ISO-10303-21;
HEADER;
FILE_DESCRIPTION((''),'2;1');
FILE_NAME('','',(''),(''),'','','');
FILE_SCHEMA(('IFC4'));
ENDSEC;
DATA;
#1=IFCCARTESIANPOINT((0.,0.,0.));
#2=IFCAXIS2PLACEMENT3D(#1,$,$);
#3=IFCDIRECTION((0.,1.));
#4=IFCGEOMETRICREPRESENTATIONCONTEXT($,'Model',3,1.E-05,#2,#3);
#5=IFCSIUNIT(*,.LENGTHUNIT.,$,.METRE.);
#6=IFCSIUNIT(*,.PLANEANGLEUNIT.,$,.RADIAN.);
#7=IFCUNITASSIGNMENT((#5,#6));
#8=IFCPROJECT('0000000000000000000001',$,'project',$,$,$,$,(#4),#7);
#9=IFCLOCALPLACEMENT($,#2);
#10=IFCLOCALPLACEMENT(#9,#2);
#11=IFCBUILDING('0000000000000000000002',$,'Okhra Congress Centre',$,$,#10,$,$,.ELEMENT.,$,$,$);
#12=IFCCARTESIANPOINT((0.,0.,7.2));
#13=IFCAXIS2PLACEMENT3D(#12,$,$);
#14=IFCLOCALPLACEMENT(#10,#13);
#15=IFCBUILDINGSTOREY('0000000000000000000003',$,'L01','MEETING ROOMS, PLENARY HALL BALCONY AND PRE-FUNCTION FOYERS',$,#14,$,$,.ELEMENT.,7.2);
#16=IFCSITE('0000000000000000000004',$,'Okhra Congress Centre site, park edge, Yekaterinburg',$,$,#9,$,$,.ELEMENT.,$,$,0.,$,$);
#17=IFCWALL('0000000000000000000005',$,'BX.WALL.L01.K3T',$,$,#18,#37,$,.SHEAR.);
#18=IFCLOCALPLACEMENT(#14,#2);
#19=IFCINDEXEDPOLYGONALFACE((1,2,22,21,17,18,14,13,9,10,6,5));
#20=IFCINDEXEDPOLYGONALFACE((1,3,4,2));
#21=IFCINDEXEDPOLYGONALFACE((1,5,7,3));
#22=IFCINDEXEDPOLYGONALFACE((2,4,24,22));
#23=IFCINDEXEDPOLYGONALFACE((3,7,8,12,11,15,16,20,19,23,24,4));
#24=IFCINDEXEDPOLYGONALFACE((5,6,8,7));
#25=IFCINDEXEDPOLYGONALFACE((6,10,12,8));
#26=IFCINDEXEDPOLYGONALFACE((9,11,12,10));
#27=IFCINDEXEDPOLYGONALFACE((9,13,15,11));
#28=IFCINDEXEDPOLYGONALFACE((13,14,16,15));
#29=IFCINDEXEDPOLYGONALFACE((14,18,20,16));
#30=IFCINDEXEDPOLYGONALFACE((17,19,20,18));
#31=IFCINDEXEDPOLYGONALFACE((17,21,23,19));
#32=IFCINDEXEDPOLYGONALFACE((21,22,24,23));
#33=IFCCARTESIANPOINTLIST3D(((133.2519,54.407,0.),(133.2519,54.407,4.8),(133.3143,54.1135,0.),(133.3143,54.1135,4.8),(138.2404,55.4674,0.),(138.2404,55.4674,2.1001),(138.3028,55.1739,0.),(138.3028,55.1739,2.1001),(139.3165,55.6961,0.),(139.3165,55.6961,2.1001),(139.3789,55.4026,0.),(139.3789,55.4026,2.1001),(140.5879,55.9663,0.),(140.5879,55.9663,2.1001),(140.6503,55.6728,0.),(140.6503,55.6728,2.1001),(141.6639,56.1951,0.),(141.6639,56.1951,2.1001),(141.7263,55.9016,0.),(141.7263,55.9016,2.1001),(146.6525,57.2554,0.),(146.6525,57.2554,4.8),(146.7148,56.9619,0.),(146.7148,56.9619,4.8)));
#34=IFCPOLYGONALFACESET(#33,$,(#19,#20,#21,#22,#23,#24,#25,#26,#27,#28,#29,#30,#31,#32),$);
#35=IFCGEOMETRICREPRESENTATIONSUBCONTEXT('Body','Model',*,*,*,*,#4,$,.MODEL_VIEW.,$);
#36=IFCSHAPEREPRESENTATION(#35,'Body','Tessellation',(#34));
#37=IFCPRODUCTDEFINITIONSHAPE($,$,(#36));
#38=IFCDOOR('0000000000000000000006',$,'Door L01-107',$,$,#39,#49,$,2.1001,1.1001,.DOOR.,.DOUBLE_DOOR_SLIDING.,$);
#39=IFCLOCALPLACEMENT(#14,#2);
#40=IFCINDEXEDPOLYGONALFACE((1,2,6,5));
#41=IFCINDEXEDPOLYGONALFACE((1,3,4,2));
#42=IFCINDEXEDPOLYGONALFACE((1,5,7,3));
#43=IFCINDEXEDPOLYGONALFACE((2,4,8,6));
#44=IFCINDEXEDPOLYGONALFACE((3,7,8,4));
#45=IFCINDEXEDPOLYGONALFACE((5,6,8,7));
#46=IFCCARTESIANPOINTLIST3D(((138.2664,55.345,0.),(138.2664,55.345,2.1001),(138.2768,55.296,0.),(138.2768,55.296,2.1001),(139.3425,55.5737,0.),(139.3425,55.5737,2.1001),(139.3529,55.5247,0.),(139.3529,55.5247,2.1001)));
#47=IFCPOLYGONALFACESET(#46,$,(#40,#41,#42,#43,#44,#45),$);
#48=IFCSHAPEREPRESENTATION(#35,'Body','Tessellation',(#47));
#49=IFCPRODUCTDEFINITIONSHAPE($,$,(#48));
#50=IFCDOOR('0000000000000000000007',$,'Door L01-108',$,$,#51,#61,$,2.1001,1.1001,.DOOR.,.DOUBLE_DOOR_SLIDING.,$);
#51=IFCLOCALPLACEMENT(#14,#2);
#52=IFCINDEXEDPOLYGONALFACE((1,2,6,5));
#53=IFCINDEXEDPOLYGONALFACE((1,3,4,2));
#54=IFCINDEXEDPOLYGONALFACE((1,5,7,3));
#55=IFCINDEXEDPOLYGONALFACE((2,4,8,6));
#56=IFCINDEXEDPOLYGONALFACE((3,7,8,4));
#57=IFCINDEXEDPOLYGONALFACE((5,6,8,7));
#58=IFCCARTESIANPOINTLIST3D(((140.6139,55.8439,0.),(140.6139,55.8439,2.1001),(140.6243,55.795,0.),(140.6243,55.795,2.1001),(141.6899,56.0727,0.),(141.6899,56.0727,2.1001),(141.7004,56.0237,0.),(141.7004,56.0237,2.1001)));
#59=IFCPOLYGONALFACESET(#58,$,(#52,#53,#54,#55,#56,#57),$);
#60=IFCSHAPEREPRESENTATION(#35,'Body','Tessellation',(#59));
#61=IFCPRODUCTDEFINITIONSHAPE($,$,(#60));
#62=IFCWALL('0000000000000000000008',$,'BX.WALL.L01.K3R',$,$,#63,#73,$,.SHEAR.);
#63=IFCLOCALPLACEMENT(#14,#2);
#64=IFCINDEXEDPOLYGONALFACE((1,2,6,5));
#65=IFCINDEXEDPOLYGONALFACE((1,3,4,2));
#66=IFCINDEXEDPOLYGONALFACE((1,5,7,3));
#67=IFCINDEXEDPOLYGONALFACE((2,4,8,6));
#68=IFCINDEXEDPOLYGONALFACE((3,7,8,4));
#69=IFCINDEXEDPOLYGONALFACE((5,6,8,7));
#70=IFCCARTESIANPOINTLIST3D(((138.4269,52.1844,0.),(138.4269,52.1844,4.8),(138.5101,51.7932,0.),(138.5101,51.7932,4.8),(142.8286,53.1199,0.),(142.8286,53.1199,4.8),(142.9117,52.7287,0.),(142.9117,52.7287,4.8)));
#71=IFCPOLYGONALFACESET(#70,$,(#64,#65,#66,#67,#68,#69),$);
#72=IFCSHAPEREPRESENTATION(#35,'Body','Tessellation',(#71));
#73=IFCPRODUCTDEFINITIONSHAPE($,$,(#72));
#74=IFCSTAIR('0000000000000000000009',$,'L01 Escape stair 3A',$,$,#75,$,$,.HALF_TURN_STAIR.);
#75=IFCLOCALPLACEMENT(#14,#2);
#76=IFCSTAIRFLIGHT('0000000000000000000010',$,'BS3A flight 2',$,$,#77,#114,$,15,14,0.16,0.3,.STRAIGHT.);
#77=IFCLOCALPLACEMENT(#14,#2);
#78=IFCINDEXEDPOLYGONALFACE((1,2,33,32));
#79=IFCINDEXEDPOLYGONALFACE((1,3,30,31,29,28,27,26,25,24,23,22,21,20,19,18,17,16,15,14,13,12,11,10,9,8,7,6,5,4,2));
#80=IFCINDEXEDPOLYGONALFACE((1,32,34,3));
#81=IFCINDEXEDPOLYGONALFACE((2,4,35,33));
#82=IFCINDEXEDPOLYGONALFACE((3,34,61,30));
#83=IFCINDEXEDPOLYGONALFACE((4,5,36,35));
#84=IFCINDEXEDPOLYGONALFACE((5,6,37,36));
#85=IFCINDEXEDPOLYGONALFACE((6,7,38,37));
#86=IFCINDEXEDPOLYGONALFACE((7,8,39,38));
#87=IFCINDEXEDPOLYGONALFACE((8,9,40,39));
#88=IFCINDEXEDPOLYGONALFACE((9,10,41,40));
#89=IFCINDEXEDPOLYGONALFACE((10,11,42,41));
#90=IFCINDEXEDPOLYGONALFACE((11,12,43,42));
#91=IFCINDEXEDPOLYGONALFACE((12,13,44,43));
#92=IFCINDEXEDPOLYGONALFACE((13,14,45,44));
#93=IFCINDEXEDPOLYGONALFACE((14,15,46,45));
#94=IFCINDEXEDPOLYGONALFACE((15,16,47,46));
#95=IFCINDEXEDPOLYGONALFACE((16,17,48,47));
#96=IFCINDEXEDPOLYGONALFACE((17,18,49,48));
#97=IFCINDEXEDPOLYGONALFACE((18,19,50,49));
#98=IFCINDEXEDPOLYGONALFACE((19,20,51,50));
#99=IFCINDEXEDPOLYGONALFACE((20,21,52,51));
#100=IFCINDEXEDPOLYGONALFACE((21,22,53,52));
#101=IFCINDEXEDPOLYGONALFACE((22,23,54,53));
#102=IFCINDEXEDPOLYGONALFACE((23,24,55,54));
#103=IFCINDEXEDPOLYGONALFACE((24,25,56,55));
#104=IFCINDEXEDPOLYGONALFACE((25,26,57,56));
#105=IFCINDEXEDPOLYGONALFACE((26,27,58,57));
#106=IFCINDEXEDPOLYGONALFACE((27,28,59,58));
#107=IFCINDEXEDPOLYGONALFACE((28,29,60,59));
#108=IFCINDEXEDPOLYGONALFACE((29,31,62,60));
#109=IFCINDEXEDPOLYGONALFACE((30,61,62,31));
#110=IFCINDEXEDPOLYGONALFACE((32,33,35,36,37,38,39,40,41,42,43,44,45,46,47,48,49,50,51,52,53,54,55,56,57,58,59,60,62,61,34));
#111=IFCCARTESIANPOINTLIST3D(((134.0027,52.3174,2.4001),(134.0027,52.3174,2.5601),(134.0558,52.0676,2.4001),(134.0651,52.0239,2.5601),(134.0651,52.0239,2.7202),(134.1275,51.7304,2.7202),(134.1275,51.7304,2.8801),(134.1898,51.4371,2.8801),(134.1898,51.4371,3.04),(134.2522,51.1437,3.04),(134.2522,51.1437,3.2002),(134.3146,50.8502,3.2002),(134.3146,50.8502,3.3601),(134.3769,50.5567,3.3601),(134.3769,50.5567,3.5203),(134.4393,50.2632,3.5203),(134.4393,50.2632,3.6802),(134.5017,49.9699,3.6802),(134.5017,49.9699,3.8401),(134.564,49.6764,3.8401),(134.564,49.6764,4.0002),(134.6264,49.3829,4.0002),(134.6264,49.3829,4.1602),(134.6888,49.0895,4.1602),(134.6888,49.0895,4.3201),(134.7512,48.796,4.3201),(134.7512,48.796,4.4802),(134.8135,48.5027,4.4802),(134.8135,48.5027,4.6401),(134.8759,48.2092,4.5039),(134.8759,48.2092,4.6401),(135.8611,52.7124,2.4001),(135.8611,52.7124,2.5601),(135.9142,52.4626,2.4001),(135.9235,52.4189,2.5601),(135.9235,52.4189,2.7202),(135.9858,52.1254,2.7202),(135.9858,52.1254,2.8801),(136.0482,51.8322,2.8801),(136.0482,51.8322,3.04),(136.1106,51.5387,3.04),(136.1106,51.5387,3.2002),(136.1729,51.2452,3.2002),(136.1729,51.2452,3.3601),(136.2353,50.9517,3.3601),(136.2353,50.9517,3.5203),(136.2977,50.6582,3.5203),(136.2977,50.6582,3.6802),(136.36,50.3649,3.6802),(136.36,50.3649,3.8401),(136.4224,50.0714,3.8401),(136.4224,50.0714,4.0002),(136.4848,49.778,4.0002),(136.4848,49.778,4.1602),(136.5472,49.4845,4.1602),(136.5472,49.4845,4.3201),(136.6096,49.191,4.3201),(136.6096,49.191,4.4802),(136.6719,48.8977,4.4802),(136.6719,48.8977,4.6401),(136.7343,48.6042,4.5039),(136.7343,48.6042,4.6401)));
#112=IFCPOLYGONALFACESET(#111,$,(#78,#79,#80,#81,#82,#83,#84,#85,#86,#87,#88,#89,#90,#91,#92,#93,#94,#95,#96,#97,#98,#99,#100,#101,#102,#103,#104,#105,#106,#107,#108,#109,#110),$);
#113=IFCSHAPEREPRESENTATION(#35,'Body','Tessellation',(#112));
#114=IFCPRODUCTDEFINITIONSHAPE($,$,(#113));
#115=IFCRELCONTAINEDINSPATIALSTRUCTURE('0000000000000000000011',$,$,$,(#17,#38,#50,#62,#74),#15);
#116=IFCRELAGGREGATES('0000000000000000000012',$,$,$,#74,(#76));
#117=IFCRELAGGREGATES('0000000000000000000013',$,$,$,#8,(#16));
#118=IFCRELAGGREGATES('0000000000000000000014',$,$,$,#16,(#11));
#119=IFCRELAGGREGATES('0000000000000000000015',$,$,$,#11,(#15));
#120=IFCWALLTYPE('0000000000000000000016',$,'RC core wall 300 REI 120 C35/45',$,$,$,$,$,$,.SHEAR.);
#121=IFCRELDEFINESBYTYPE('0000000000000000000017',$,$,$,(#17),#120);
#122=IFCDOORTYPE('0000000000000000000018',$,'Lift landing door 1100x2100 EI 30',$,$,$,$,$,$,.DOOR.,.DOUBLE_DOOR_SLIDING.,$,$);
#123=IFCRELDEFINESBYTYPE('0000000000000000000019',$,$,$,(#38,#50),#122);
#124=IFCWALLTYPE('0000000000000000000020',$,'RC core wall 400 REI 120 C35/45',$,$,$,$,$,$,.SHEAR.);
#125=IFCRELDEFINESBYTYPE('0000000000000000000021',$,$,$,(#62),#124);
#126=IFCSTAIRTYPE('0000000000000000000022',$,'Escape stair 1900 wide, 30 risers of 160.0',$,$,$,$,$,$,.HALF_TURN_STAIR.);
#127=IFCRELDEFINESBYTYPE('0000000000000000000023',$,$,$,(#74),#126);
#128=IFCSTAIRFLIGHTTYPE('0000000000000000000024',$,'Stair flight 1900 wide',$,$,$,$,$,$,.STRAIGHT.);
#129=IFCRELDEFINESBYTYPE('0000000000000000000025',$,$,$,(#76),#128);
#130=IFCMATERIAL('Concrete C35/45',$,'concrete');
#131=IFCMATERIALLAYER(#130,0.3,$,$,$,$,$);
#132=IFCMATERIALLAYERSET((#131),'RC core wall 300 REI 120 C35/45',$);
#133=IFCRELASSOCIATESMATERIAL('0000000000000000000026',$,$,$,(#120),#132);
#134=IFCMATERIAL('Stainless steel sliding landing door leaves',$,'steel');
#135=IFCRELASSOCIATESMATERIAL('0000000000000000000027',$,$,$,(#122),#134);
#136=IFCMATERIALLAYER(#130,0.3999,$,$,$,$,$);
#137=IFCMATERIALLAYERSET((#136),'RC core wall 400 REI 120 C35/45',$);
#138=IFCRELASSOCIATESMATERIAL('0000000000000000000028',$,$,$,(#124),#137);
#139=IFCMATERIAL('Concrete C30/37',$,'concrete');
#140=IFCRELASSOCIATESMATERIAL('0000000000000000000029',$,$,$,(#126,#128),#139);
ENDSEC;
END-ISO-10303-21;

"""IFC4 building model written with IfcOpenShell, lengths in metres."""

from ifc_helpers import new_model, si_unit, direction, frame, frame_2d, origin, place, context, subcontext, project, spatial, polyline, rectangle, outline, extrude, material, layer, layer_set, type_object, element, fill, aggregate, save


model = new_model("IFC4")

# Units and contexts
model_context = context("Model", 3, precision=1e-05, world=origin(), true_north=direction((0.0, 1.0)))
body_context = subcontext(model_context, "Body", "Model", "MODEL_VIEW")
ifc_project = project(units=[si_unit("LENGTHUNIT", "METRE"), si_unit("PLANEANGLEUNIT", "RADIAN")], contexts=[model_context])

# Site, building, storey
site_placement = place(None, origin())
site = spatial("IfcSite", under=ifc_project, at=site_placement, Name="Okhra Congress Centre site, park edge, Yekaterinburg", CompositionType="ELEMENT", RefElevation=0.0)
building_placement = place(site_placement, origin())
building = spatial("IfcBuilding", under=site, at=building_placement, Name="Okhra Congress Centre", CompositionType="ELEMENT")
storey_placement = place(building_placement, frame((0.0, 0.0, 7.2)))
storey = spatial("IfcBuildingStorey", under=building, at=storey_placement, Name="L01", Description="MEETING ROOMS, PLENARY HALL BALCONY AND PRE-FUNCTION FOYERS", CompositionType="ELEMENT", Elevation=7.2)

# Wall, openings, doors
ifc_material_1 = material(Name="Concrete C35/45", Category="concrete")
ifc_layer_1 = layer(ifc_material_1, 0.3)
ifc_layer_set_1 = layer_set([ifc_layer_1], Name="RC core wall 300 REI 120 C35/45")
wall_type_1 = type_object("IfcWallType", Name="RC core wall 300 REI 120 C35/45", PredefinedType="SHEAR", material=ifc_layer_set_1)
wall_1_placement = place(storey_placement, frame((133.283, 54.2603, 0.0), z_axis=(0.0, 0.0, 1.0), x_axis=(0.978148, 0.207911, 0.0)))
wall_1 = element("IfcWall", 1, at=wall_1_placement, inside=storey, type_object=wall_type_1, Name="BX.WALL.L01.K3T", PredefinedType="SHEAR", context=body_context, shape_type="SweptSolid", body=[
    extrude(rectangle(XDim=13.7, YDim=0.3, at=frame_2d((6.8501, 0.0))), origin(), (0.0, 0.0, 1.0), 4.8),
])
opening_1_placement = place(wall_1_placement, frame((5.1001, 0.0, 0.0)))
opening_1 = element("IfcOpeningElement", 2, at=opening_1_placement, cuts=wall_1, PredefinedType="OPENING", context=body_context, shape_type="SweptSolid", body=[
    extrude(rectangle(XDim=1.1001, YDim=2.1001, at=frame_2d((0.55, 1.05))), frame((0.0, 0.1599, 0.0), z_axis=(0.0, -1.0, 0.0), x_axis=(1.0, 0.0, 0.0)), (0.0, 0.0, 1.0), 0.3201),
])
opening_2_placement = place(wall_1_placement, frame((7.5, 0.0, 0.0)))
opening_2 = element("IfcOpeningElement", 3, at=opening_2_placement, cuts=wall_1, PredefinedType="OPENING", context=body_context, shape_type="SweptSolid", body=[
    extrude(rectangle(XDim=1.1001, YDim=2.1001, at=frame_2d((0.55, 1.05))), frame((0.0, 0.1599, 0.0), z_axis=(0.0, -1.0, 0.0), x_axis=(1.0, 0.0, 0.0)), (0.0, 0.0, 1.0), 0.3201),
])
ifc_material_2 = material(Name="Stainless steel sliding landing door leaves", Category="steel")
door_type = type_object("IfcDoorType", Name="Lift landing door 1100x2100 EI 30", OperationType="DOUBLE_DOOR_SLIDING", PredefinedType="DOOR", material=ifc_material_2)
door_1_placement = place(opening_1_placement, origin())
door_1 = element("IfcDoor", 4, at=door_1_placement, inside=storey, type_object=door_type, Name="Door L01-107", OperationType="DOUBLE_DOOR_SLIDING", OverallHeight=2.1001, OverallWidth=1.1001, PredefinedType="DOOR", context=body_context, shape_type="SweptSolid", body=[
    extrude(rectangle(XDim=1.1001, YDim=2.1001, at=frame_2d((0.55, 1.05))), frame((0.0, 0.0249, 0.0), z_axis=(0.0, -1.0, 0.0), x_axis=(1.0, 0.0, 0.0)), (0.0, 0.0, 1.0), 0.05),
])
fill(opening_1, door_1)
door_2_placement = place(opening_2_placement, origin())
door_2 = element("IfcDoor", 5, at=door_2_placement, inside=storey, type_object=door_type, Name="Door L01-108", OperationType="DOUBLE_DOOR_SLIDING", OverallHeight=2.1001, OverallWidth=1.1001, PredefinedType="DOOR", context=body_context, shape_type="SweptSolid", body=[
    extrude(rectangle(XDim=1.1001, YDim=2.1001, at=frame_2d((0.55, 1.05))), frame((0.0, 0.0249, 0.0), z_axis=(0.0, -1.0, 0.0), x_axis=(1.0, 0.0, 0.0)), (0.0, 0.0, 1.0), 0.05),
])
fill(opening_2, door_2)

# Wall
ifc_layer_2 = layer(ifc_material_1, 0.3999)
ifc_layer_set_2 = layer_set([ifc_layer_2], Name="RC core wall 400 REI 120 C35/45")
wall_type_2 = type_object("IfcWallType", Name="RC core wall 400 REI 120 C35/45", PredefinedType="SHEAR", material=ifc_layer_set_2)
wall_2_placement = place(storey_placement, frame((138.4685, 51.9888, 0.0), z_axis=(0.0, 0.0, 1.0), x_axis=(0.97815, 0.207902, 0.0)))
element("IfcWall", 6, at=wall_2_placement, inside=storey, type_object=wall_type_2, Name="BX.WALL.L01.K3R", PredefinedType="SHEAR", context=body_context, shape_type="SweptSolid", body=[
    extrude(rectangle(XDim=4.5, YDim=0.3999, at=frame_2d((2.25, 0.0))), origin(), (0.0, 0.0, 1.0), 4.8),
])

# Stair, stair flight
ifc_material_3 = material(Name="Concrete C30/37", Category="concrete")
stair_type = type_object("IfcStairType", Name="Escape stair 1900 wide, 30 risers of 160.0", PredefinedType="HALF_TURN_STAIR", material=ifc_material_3)
stair_placement = place(storey_placement, origin())
stair = element("IfcStair", 7, at=stair_placement, inside=storey, type_object=stair_type, Name="L01 Escape stair 3A", PredefinedType="HALF_TURN_STAIR")
stair_flight_type = type_object("IfcStairFlightType", Name="Stair flight 1900 wide", PredefinedType="STRAIGHT", material=ifc_material_3)
stair_flight_placement = place(storey_placement, frame((134.9319, 52.5149, 2.4001), z_axis=(0.0, 0.0, 1.0), x_axis=(0.207912, -0.978148, 0.0)))
stair_flight = element("IfcStairFlight", 8, at=stair_flight_placement, type_object=stair_flight_type, Name="BS3A flight 2", NumberOfRisers=15, NumberOfTreads=14, PredefinedType="STRAIGHT", RiserHeight=0.16, TreadLength=0.3, context=body_context, shape_type="SweptSolid", body=[
    extrude(outline(polyline([(0.0, 0.0), (0.0, 0.1599), (0.3, 0.1599), (0.3, 0.3201), (0.6001, 0.3201), (0.6001, 0.48), (0.8999, 0.48), (0.8999, 0.6399), (1.2, 0.6399), (1.2, 0.8), (1.5, 0.8), (1.5, 0.96), (1.8, 0.96), (1.8, 1.1201), (2.1001, 1.1201), (2.1001, 1.28), (2.3999, 1.28), (2.3999, 1.4399), (2.7, 1.4399), (2.7, 1.6001), (3.0, 1.6001), (3.0, 1.76), (3.3, 1.76), (3.3, 1.9199), (3.6001, 1.9199), (3.6001, 2.0801), (3.8999, 2.0801), (3.8999, 2.24), (4.2, 2.24), (4.2, 2.3999), (4.2, 2.1038), (0.2554, 0.0), (0.0, 0.0)])), frame((0.0, 0.95, 0.0), z_axis=(0.0, -1.0, 0.0), x_axis=(1.0, 0.0, 0.0)), (0.0, 0.0, 1.0), 1.8999),
])
aggregate(stair, [stair_flight])

save(model, "model.ifc")
